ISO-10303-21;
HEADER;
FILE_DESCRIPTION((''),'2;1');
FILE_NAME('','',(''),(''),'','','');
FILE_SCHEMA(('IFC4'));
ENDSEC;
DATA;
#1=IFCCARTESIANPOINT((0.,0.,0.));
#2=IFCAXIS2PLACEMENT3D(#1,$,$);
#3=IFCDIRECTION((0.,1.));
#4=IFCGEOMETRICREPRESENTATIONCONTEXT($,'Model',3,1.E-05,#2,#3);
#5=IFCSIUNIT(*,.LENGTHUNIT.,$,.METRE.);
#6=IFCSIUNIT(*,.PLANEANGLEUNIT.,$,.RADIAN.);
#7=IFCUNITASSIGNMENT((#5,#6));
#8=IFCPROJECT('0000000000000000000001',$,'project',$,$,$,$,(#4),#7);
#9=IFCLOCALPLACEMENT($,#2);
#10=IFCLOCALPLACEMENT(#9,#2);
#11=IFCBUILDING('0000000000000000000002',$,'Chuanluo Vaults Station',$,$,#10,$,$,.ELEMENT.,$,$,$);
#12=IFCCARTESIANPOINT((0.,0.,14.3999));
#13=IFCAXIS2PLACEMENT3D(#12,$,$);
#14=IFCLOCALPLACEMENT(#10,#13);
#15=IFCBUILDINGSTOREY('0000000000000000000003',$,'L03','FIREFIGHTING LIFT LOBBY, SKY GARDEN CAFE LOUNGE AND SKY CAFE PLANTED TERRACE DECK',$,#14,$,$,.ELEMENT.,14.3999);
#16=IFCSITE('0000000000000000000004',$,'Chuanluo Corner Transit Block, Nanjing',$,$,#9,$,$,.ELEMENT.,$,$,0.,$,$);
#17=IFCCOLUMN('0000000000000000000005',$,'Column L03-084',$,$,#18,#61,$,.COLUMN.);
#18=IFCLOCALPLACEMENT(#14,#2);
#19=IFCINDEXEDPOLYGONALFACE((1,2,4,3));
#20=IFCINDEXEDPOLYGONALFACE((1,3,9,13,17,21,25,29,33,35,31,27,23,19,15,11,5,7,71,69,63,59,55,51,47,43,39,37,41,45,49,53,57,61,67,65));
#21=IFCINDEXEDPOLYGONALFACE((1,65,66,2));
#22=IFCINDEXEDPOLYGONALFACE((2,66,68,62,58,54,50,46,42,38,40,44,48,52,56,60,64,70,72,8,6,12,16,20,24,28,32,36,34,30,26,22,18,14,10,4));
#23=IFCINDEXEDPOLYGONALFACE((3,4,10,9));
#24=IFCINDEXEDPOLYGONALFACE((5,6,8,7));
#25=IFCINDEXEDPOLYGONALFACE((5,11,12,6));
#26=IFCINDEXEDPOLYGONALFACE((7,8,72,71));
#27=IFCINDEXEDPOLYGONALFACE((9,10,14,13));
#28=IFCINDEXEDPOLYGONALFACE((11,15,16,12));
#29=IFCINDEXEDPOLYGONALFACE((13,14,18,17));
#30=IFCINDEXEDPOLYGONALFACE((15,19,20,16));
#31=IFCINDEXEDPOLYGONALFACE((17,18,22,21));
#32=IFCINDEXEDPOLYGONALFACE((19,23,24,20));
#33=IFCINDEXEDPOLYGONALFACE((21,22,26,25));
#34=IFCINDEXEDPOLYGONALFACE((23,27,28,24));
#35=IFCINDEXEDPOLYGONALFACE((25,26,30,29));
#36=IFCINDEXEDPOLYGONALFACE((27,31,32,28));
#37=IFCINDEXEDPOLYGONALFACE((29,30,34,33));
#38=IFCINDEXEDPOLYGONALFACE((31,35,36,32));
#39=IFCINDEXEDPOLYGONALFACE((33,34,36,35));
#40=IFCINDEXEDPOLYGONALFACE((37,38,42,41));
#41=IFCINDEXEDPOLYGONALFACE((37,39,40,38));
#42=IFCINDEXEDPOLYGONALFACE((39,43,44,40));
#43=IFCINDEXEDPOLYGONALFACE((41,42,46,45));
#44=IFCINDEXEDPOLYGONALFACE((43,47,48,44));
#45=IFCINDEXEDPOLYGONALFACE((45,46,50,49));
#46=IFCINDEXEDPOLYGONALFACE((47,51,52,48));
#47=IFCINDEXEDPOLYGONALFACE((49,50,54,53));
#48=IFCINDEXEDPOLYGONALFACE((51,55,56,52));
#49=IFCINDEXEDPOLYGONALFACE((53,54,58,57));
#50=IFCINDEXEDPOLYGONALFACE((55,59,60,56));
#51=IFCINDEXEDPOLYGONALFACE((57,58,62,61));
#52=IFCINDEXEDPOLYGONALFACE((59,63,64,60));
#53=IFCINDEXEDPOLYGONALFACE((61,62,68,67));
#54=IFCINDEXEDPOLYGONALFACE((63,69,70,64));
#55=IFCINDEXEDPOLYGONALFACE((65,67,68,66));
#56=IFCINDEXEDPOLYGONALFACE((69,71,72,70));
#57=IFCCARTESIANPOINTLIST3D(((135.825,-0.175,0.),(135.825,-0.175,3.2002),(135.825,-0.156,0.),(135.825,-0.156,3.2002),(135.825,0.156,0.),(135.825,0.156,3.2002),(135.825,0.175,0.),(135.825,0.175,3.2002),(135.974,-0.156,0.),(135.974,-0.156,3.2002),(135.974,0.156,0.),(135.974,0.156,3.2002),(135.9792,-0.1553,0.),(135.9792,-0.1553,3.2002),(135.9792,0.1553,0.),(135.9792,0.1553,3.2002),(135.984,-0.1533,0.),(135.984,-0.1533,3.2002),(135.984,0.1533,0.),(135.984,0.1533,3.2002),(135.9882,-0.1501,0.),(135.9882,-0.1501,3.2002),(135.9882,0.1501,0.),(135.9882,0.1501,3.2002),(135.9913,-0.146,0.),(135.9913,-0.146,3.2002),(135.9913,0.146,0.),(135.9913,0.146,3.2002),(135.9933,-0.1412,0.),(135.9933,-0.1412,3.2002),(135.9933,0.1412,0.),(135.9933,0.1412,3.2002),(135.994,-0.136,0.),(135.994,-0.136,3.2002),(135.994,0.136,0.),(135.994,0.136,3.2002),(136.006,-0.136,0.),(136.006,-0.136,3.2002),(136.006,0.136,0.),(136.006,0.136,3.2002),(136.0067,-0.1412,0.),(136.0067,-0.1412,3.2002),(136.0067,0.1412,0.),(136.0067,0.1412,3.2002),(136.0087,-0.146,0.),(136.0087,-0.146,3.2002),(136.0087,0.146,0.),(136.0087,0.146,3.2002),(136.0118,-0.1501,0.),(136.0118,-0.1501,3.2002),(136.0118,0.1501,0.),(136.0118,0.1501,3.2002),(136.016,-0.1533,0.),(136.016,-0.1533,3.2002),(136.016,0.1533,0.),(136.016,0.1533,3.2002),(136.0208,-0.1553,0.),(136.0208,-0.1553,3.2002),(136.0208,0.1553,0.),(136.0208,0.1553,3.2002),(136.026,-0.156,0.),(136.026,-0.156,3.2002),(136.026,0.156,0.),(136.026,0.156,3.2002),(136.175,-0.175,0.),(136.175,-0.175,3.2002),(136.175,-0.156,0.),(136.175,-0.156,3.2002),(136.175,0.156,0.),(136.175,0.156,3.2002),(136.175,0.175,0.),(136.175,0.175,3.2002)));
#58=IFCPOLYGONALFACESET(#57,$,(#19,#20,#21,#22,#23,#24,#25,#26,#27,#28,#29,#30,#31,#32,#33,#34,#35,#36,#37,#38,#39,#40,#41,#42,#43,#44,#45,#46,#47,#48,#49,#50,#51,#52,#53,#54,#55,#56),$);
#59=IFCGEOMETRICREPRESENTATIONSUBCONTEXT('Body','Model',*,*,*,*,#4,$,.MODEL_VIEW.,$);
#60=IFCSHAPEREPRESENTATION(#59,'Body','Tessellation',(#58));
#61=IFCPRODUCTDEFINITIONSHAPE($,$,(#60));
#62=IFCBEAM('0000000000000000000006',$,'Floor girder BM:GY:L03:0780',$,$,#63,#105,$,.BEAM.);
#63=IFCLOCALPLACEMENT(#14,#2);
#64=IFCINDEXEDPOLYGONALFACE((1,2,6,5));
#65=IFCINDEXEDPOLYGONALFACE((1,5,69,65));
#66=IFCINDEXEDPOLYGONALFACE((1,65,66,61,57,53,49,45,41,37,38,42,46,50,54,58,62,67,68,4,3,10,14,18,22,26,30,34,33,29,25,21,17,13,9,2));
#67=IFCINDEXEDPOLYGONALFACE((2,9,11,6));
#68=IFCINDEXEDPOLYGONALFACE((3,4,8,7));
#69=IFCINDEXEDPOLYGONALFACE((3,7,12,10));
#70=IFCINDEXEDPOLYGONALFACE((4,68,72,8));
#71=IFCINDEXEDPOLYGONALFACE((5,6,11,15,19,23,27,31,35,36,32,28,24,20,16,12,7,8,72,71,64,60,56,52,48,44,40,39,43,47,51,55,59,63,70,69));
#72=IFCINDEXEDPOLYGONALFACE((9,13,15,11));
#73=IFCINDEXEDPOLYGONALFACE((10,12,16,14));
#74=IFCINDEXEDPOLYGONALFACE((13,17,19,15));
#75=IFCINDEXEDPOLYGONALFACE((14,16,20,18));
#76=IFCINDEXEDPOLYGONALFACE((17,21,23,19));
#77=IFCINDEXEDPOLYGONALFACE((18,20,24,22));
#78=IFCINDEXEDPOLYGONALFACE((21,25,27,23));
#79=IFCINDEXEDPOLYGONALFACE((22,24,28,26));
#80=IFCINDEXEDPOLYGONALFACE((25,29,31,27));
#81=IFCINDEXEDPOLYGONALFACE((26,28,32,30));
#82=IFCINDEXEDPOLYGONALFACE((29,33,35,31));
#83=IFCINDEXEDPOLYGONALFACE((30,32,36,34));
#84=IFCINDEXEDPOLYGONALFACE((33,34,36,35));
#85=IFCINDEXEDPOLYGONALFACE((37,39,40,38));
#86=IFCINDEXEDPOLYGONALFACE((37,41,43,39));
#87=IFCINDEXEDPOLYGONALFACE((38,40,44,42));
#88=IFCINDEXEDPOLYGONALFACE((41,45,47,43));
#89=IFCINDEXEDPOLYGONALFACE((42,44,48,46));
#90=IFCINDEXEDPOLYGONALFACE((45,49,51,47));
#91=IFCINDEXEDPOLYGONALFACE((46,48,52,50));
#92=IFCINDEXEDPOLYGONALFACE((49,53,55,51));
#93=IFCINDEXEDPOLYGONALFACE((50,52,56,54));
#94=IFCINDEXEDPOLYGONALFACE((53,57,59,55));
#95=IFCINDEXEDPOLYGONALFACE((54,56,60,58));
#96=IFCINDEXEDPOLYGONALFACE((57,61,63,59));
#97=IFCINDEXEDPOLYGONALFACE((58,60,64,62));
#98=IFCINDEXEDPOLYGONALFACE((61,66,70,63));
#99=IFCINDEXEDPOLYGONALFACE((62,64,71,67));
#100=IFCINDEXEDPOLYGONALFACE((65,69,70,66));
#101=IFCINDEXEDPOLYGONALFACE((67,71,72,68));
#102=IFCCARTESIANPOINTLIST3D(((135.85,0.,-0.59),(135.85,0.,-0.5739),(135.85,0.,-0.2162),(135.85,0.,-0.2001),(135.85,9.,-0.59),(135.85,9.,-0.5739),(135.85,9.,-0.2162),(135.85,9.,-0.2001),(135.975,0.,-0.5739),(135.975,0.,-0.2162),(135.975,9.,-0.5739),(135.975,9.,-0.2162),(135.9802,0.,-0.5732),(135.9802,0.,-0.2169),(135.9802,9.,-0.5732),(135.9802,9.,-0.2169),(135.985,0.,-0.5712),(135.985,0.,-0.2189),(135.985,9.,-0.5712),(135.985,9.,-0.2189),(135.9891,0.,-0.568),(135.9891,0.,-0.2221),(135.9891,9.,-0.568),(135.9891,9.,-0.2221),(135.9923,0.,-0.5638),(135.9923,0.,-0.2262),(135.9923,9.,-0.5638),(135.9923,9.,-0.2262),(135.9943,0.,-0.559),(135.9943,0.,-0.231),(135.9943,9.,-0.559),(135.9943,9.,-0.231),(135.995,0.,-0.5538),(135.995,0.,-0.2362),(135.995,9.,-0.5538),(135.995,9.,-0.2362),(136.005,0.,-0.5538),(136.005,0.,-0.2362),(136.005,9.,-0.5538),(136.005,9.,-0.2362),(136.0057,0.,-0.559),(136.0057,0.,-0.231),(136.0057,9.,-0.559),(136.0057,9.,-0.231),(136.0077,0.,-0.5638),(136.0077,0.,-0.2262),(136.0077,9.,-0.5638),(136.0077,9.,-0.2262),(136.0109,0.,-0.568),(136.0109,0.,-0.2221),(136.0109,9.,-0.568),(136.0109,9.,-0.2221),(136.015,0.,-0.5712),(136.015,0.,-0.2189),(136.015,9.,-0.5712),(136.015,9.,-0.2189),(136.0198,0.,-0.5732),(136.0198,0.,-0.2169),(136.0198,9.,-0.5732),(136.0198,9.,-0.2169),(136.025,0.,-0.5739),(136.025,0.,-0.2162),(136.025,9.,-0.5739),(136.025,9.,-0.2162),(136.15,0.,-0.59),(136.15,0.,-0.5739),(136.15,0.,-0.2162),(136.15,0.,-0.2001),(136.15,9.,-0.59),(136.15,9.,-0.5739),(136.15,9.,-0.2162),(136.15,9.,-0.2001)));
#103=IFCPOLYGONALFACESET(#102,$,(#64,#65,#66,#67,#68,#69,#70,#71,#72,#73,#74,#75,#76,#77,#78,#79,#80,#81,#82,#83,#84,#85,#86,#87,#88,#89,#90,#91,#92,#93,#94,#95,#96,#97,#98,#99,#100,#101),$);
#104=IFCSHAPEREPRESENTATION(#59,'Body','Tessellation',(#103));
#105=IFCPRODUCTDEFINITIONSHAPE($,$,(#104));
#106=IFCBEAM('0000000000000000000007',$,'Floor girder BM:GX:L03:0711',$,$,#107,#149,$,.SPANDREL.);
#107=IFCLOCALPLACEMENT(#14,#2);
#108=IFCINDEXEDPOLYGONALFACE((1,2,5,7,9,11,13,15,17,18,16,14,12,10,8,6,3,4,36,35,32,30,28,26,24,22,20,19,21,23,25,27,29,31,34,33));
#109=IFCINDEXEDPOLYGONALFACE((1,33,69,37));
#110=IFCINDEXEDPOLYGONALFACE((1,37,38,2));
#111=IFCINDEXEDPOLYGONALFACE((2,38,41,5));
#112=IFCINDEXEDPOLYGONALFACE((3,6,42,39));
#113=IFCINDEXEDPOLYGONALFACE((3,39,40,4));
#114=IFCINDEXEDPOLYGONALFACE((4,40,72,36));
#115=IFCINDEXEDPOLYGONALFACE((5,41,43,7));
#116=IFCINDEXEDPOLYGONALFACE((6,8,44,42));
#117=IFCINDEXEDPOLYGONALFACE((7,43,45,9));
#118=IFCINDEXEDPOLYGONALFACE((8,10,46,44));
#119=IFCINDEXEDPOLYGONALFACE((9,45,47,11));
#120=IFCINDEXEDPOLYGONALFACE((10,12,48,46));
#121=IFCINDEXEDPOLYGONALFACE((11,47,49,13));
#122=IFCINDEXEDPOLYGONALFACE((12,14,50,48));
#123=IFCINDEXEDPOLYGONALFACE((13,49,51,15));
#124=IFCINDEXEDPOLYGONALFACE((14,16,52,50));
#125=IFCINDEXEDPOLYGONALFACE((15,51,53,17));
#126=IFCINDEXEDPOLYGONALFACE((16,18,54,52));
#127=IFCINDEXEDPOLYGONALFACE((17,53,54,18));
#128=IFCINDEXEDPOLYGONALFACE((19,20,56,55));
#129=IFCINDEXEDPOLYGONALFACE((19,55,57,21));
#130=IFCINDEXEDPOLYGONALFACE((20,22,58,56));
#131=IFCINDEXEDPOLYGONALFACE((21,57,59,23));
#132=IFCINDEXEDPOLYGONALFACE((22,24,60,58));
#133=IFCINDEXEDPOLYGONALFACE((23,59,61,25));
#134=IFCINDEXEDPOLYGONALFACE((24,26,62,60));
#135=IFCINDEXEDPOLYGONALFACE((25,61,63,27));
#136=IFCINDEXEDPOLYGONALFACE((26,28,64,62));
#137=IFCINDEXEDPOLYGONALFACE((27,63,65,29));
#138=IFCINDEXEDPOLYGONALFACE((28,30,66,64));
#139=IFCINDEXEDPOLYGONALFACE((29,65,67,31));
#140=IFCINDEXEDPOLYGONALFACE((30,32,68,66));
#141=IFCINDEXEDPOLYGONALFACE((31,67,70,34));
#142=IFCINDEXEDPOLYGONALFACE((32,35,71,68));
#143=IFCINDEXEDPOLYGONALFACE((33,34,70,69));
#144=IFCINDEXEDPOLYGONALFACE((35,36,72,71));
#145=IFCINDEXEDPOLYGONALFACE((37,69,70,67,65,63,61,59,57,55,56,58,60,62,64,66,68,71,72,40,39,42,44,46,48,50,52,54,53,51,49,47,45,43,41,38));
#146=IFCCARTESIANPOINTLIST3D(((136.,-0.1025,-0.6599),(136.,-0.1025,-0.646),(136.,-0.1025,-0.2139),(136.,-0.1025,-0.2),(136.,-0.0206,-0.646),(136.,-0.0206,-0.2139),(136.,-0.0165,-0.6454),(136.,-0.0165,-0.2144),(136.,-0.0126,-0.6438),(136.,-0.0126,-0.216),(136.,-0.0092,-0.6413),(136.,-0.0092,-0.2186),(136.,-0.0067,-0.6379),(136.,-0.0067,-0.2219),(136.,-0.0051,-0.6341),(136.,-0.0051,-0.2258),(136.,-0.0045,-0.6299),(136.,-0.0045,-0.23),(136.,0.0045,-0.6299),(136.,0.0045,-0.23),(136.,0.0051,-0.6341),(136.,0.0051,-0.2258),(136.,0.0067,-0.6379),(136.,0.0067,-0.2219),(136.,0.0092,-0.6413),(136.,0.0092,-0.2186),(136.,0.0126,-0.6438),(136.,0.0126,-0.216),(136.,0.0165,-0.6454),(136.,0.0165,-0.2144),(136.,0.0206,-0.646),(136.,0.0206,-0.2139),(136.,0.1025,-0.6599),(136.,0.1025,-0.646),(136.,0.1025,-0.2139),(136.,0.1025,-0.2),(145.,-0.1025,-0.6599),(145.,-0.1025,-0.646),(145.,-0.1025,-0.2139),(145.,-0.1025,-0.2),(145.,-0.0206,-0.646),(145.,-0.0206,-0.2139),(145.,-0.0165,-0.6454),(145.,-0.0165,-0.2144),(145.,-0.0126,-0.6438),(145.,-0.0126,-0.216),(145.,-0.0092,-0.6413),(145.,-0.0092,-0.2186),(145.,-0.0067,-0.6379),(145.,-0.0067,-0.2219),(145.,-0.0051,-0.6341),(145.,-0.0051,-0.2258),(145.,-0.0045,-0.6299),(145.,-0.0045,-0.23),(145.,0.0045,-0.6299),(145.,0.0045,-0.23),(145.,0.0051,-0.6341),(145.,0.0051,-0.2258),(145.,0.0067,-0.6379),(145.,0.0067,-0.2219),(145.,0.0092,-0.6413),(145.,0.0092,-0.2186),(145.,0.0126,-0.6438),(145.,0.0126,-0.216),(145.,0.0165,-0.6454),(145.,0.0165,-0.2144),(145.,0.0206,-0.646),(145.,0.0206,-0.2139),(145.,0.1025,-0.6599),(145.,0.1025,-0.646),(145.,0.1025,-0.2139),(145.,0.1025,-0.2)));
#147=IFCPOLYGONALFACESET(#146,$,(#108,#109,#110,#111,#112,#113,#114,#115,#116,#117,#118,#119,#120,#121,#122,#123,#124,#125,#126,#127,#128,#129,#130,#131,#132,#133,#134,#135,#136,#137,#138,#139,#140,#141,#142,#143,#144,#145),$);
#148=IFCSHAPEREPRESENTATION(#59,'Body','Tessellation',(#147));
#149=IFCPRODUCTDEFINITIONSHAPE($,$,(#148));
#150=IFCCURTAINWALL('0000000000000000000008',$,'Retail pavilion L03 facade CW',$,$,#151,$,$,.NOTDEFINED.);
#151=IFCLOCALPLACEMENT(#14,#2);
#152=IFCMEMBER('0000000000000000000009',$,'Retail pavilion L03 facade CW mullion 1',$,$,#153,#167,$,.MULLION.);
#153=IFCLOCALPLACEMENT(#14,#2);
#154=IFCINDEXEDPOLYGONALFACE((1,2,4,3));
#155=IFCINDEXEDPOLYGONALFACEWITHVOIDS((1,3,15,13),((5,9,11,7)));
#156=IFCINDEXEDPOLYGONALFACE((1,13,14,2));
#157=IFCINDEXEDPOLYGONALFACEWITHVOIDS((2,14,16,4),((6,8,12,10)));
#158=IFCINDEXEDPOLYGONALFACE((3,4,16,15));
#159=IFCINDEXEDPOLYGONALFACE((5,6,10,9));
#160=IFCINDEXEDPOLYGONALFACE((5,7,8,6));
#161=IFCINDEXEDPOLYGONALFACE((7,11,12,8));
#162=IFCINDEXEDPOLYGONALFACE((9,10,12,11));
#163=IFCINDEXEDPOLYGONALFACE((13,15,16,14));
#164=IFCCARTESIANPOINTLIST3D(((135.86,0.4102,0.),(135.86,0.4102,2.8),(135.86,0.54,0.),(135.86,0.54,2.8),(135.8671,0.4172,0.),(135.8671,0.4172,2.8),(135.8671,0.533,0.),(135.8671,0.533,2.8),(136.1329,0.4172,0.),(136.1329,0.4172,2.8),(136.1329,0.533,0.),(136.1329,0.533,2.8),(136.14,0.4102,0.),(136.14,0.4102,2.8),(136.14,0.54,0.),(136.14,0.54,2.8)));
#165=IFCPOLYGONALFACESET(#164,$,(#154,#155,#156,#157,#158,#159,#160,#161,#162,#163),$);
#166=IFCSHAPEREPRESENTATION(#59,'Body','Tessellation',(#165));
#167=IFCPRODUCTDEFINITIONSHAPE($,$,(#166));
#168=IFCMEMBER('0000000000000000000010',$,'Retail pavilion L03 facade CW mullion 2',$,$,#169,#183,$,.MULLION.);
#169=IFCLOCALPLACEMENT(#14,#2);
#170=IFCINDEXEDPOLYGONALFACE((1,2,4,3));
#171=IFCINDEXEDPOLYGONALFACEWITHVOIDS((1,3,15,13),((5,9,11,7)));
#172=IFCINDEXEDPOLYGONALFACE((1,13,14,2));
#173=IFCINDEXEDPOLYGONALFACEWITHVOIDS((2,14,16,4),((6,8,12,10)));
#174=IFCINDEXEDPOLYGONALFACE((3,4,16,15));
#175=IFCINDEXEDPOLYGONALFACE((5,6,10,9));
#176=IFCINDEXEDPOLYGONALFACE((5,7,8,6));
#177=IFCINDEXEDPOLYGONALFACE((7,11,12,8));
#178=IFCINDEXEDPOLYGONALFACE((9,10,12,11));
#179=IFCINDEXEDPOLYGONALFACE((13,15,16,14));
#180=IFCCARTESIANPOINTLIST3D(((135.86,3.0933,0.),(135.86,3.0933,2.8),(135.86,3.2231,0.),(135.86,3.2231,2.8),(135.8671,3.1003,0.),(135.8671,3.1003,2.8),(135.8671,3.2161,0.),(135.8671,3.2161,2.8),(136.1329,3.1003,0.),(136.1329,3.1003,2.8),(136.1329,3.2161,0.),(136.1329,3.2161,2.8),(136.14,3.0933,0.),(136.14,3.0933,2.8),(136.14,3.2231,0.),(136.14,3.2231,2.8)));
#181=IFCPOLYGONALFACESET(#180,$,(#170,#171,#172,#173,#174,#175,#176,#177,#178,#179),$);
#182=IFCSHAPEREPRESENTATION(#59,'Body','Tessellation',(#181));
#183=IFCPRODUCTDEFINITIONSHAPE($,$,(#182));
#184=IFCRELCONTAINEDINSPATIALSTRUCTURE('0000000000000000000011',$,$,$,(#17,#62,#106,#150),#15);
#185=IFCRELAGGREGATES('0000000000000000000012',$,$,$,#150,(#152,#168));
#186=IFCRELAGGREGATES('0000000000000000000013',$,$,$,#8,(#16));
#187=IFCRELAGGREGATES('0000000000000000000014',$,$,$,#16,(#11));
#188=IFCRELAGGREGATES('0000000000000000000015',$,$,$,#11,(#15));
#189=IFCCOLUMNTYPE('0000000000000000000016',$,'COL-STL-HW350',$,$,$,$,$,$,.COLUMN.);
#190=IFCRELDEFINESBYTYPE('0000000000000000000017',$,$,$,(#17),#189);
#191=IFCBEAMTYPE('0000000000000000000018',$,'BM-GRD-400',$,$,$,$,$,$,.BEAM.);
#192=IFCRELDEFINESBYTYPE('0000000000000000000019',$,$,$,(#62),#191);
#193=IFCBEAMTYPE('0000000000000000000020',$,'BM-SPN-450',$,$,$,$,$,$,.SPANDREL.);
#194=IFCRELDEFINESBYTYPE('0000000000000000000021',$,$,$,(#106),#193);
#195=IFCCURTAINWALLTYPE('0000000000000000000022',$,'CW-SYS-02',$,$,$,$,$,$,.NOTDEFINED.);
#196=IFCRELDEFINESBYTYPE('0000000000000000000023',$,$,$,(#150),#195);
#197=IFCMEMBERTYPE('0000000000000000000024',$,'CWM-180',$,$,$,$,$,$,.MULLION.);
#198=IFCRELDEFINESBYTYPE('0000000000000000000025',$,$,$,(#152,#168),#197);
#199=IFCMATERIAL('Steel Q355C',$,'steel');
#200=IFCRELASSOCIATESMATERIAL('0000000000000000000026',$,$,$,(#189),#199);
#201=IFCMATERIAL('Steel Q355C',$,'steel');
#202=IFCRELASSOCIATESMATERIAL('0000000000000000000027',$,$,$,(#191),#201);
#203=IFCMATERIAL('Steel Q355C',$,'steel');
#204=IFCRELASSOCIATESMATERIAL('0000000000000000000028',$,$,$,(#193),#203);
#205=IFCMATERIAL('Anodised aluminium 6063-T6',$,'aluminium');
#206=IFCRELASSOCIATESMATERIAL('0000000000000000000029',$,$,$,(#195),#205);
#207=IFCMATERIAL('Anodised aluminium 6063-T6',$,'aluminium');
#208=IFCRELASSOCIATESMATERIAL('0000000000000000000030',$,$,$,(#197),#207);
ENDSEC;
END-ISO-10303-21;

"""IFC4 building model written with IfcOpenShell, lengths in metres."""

from ifc_helpers import new_model, si_unit, direction, frame, origin, origin_2d, place, context, subcontext, project, spatial, hollow_rectangle, i_section, extrude, material, material_profile, profile_set, type_object, element, aggregate, save


model = new_model("IFC4")

# Units and contexts
model_context = context("Model", 3, precision=1e-05, world=origin(), true_north=direction((0.0, 1.0)))
body_context = subcontext(model_context, "Body", "Model", "MODEL_VIEW")
ifc_project = project(units=[si_unit("LENGTHUNIT", "METRE"), si_unit("PLANEANGLEUNIT", "RADIAN")], contexts=[model_context])

# Site, building, storey
site_placement = place(None, origin())
site = spatial("IfcSite", under=ifc_project, at=site_placement, Name="Chuanluo Corner Transit Block, Nanjing", CompositionType="ELEMENT", RefElevation=0.0)
building_placement = place(site_placement, origin())
building = spatial("IfcBuilding", under=site, at=building_placement, Name="Chuanluo Vaults Station", CompositionType="ELEMENT")
storey_placement = place(building_placement, frame((0.0, 0.0, 14.3999)))
storey = spatial("IfcBuildingStorey", under=building, at=storey_placement, Name="L03", Description="FIREFIGHTING LIFT LOBBY, SKY GARDEN CAFE LOUNGE AND SKY CAFE PLANTED TERRACE DECK", CompositionType="ELEMENT", Elevation=14.3999)

# Column
ifc_material_1 = material(Name="Steel Q355C", Category="steel")
ifc_material_profile_1 = material_profile(ifc_material_1, i_section(OverallWidth=0.3501, OverallDepth=0.3501, WebThickness=0.012, FlangeThickness=0.019, FilletRadius=0.02, at=origin_2d()))
ifc_profile_set_1 = profile_set([ifc_material_profile_1], Name="Steel Q355C")
column_type = type_object("IfcColumnType", Name="COL-STL-HW350", PredefinedType="COLUMN", material=ifc_profile_set_1)
column_placement = place(storey_placement, frame((136.0, 0.0, 0.0), z_axis=(0.0, 0.0, 1.0), x_axis=(1.0, 0.0, 0.0)))
element("IfcColumn", 1, at=column_placement, inside=storey, type_object=column_type, Name="Column L03-084", PredefinedType="COLUMN", context=body_context, shape_type="SweptSolid", body=[
    extrude(i_section(OverallWidth=0.3501, OverallDepth=0.3501, WebThickness=0.012, FlangeThickness=0.019, FilletRadius=0.02, at=origin_2d()), origin(), (0.0, 0.0, 1.0), 3.2002),
])

# Beams
ifc_material_2 = material(Name="Steel Q355C", Category="steel")
ifc_material_profile_2 = material_profile(ifc_material_2, i_section(OverallWidth=0.3, OverallDepth=0.3899, WebThickness=0.01, FlangeThickness=0.0161, FilletRadius=0.02, at=origin_2d()))
ifc_profile_set_2 = profile_set([ifc_material_profile_2], Name="Steel Q355C")
beam_type_1 = type_object("IfcBeamType", Name="BM-GRD-400", PredefinedType="BEAM", material=ifc_profile_set_2)
beam_1_placement = place(storey_placement, frame((136.0, 0.0, -0.395), z_axis=(0.0, 1.0, 0.0), x_axis=(-1.0, 0.0, 0.0)))
element("IfcBeam", 2, at=beam_1_placement, inside=storey, type_object=beam_type_1, Name="Floor girder BM:GY:L03:0780", PredefinedType="BEAM", context=body_context, shape_type="SweptSolid", body=[
    extrude(i_section(OverallWidth=0.3, OverallDepth=0.3899, WebThickness=0.01, FlangeThickness=0.0161, FilletRadius=0.02, at=origin_2d()), origin(), (0.0, 0.0, 1.0), 9.0),
])
ifc_material_3 = material(Name="Steel Q355C", Category="steel")
ifc_material_profile_3 = material_profile(ifc_material_3, i_section(OverallWidth=0.2051, OverallDepth=0.46, WebThickness=0.009, FlangeThickness=0.0139, FilletRadius=0.0161, at=origin_2d()))
ifc_profile_set_3 = profile_set([ifc_material_profile_3], Name="Steel Q355C")
beam_type_2 = type_object("IfcBeamType", Name="BM-SPN-450", PredefinedType="SPANDREL", material=ifc_profile_set_3)
beam_2_placement = place(storey_placement, frame((136.0, 0.0, -0.4299), z_axis=(1.0, 0.0, 0.0), x_axis=(0.0, 1.0, 0.0)))
element("IfcBeam", 3, at=beam_2_placement, inside=storey, type_object=beam_type_2, Name="Floor girder BM:GX:L03:0711", PredefinedType="SPANDREL", context=body_context, shape_type="SweptSolid", body=[
    extrude(i_section(OverallWidth=0.2051, OverallDepth=0.46, WebThickness=0.009, FlangeThickness=0.0139, FilletRadius=0.0161, at=origin_2d()), origin(), (0.0, 0.0, 1.0), 9.0),
])

# Curtain wall, members
ifc_material_4 = material(Name="Anodised aluminium 6063-T6", Category="aluminium")
curtain_wall_type = type_object("IfcCurtainWallType", Name="CW-SYS-02", PredefinedType="NOTDEFINED", material=ifc_material_4)
curtain_wall_placement = place(storey_placement, origin())
curtain_wall = element("IfcCurtainWall", 4, at=curtain_wall_placement, inside=storey, type_object=curtain_wall_type, Name="Retail pavilion L03 facade CW", PredefinedType="NOTDEFINED")
ifc_material_5 = material(Name="Anodised aluminium 6063-T6", Category="aluminium")
ifc_material_profile_4 = material_profile(ifc_material_5, hollow_rectangle(XDim=0.1299, YDim=0.28, WallThickness=0.0071, at=origin_2d()))
ifc_profile_set_4 = profile_set([ifc_material_profile_4], Name="Anodised aluminium 6063-T6")
member_type_1 = type_object("IfcMemberType", Name="CWM-180", PredefinedType="MULLION", material=ifc_profile_set_4)
member_1_placement = place(storey_placement, frame((136.0, 0.4751, 0.0), z_axis=(0.0, 0.0, 1.0), x_axis=(0.0, 1.0, 0.0)))
member_1 = element("IfcMember", 5, at=member_1_placement, type_object=member_type_1, Name="Retail pavilion L03 facade CW mullion 1", PredefinedType="MULLION", context=body_context, shape_type="SweptSolid", body=[
    extrude(hollow_rectangle(XDim=0.1299, YDim=0.28, WallThickness=0.0071, at=origin_2d()), origin(), (0.0, 0.0, 1.0), 2.8),
])
member_2_placement = place(storey_placement, frame((136.0, 3.1582, 0.0), z_axis=(0.0, 0.0, 1.0), x_axis=(0.0, 1.0, 0.0)))
member_2 = element("IfcMember", 6, at=member_2_placement, type_object=member_type_1, Name="Retail pavilion L03 facade CW mullion 2", PredefinedType="MULLION", context=body_context, shape_type="SweptSolid", body=[
    extrude(hollow_rectangle(XDim=0.1299, YDim=0.28, WallThickness=0.0071, at=origin_2d()), origin(), (0.0, 0.0, 1.0), 2.8),
])
aggregate(curtain_wall, [member_1, member_2])

save(model, "model.ifc")
